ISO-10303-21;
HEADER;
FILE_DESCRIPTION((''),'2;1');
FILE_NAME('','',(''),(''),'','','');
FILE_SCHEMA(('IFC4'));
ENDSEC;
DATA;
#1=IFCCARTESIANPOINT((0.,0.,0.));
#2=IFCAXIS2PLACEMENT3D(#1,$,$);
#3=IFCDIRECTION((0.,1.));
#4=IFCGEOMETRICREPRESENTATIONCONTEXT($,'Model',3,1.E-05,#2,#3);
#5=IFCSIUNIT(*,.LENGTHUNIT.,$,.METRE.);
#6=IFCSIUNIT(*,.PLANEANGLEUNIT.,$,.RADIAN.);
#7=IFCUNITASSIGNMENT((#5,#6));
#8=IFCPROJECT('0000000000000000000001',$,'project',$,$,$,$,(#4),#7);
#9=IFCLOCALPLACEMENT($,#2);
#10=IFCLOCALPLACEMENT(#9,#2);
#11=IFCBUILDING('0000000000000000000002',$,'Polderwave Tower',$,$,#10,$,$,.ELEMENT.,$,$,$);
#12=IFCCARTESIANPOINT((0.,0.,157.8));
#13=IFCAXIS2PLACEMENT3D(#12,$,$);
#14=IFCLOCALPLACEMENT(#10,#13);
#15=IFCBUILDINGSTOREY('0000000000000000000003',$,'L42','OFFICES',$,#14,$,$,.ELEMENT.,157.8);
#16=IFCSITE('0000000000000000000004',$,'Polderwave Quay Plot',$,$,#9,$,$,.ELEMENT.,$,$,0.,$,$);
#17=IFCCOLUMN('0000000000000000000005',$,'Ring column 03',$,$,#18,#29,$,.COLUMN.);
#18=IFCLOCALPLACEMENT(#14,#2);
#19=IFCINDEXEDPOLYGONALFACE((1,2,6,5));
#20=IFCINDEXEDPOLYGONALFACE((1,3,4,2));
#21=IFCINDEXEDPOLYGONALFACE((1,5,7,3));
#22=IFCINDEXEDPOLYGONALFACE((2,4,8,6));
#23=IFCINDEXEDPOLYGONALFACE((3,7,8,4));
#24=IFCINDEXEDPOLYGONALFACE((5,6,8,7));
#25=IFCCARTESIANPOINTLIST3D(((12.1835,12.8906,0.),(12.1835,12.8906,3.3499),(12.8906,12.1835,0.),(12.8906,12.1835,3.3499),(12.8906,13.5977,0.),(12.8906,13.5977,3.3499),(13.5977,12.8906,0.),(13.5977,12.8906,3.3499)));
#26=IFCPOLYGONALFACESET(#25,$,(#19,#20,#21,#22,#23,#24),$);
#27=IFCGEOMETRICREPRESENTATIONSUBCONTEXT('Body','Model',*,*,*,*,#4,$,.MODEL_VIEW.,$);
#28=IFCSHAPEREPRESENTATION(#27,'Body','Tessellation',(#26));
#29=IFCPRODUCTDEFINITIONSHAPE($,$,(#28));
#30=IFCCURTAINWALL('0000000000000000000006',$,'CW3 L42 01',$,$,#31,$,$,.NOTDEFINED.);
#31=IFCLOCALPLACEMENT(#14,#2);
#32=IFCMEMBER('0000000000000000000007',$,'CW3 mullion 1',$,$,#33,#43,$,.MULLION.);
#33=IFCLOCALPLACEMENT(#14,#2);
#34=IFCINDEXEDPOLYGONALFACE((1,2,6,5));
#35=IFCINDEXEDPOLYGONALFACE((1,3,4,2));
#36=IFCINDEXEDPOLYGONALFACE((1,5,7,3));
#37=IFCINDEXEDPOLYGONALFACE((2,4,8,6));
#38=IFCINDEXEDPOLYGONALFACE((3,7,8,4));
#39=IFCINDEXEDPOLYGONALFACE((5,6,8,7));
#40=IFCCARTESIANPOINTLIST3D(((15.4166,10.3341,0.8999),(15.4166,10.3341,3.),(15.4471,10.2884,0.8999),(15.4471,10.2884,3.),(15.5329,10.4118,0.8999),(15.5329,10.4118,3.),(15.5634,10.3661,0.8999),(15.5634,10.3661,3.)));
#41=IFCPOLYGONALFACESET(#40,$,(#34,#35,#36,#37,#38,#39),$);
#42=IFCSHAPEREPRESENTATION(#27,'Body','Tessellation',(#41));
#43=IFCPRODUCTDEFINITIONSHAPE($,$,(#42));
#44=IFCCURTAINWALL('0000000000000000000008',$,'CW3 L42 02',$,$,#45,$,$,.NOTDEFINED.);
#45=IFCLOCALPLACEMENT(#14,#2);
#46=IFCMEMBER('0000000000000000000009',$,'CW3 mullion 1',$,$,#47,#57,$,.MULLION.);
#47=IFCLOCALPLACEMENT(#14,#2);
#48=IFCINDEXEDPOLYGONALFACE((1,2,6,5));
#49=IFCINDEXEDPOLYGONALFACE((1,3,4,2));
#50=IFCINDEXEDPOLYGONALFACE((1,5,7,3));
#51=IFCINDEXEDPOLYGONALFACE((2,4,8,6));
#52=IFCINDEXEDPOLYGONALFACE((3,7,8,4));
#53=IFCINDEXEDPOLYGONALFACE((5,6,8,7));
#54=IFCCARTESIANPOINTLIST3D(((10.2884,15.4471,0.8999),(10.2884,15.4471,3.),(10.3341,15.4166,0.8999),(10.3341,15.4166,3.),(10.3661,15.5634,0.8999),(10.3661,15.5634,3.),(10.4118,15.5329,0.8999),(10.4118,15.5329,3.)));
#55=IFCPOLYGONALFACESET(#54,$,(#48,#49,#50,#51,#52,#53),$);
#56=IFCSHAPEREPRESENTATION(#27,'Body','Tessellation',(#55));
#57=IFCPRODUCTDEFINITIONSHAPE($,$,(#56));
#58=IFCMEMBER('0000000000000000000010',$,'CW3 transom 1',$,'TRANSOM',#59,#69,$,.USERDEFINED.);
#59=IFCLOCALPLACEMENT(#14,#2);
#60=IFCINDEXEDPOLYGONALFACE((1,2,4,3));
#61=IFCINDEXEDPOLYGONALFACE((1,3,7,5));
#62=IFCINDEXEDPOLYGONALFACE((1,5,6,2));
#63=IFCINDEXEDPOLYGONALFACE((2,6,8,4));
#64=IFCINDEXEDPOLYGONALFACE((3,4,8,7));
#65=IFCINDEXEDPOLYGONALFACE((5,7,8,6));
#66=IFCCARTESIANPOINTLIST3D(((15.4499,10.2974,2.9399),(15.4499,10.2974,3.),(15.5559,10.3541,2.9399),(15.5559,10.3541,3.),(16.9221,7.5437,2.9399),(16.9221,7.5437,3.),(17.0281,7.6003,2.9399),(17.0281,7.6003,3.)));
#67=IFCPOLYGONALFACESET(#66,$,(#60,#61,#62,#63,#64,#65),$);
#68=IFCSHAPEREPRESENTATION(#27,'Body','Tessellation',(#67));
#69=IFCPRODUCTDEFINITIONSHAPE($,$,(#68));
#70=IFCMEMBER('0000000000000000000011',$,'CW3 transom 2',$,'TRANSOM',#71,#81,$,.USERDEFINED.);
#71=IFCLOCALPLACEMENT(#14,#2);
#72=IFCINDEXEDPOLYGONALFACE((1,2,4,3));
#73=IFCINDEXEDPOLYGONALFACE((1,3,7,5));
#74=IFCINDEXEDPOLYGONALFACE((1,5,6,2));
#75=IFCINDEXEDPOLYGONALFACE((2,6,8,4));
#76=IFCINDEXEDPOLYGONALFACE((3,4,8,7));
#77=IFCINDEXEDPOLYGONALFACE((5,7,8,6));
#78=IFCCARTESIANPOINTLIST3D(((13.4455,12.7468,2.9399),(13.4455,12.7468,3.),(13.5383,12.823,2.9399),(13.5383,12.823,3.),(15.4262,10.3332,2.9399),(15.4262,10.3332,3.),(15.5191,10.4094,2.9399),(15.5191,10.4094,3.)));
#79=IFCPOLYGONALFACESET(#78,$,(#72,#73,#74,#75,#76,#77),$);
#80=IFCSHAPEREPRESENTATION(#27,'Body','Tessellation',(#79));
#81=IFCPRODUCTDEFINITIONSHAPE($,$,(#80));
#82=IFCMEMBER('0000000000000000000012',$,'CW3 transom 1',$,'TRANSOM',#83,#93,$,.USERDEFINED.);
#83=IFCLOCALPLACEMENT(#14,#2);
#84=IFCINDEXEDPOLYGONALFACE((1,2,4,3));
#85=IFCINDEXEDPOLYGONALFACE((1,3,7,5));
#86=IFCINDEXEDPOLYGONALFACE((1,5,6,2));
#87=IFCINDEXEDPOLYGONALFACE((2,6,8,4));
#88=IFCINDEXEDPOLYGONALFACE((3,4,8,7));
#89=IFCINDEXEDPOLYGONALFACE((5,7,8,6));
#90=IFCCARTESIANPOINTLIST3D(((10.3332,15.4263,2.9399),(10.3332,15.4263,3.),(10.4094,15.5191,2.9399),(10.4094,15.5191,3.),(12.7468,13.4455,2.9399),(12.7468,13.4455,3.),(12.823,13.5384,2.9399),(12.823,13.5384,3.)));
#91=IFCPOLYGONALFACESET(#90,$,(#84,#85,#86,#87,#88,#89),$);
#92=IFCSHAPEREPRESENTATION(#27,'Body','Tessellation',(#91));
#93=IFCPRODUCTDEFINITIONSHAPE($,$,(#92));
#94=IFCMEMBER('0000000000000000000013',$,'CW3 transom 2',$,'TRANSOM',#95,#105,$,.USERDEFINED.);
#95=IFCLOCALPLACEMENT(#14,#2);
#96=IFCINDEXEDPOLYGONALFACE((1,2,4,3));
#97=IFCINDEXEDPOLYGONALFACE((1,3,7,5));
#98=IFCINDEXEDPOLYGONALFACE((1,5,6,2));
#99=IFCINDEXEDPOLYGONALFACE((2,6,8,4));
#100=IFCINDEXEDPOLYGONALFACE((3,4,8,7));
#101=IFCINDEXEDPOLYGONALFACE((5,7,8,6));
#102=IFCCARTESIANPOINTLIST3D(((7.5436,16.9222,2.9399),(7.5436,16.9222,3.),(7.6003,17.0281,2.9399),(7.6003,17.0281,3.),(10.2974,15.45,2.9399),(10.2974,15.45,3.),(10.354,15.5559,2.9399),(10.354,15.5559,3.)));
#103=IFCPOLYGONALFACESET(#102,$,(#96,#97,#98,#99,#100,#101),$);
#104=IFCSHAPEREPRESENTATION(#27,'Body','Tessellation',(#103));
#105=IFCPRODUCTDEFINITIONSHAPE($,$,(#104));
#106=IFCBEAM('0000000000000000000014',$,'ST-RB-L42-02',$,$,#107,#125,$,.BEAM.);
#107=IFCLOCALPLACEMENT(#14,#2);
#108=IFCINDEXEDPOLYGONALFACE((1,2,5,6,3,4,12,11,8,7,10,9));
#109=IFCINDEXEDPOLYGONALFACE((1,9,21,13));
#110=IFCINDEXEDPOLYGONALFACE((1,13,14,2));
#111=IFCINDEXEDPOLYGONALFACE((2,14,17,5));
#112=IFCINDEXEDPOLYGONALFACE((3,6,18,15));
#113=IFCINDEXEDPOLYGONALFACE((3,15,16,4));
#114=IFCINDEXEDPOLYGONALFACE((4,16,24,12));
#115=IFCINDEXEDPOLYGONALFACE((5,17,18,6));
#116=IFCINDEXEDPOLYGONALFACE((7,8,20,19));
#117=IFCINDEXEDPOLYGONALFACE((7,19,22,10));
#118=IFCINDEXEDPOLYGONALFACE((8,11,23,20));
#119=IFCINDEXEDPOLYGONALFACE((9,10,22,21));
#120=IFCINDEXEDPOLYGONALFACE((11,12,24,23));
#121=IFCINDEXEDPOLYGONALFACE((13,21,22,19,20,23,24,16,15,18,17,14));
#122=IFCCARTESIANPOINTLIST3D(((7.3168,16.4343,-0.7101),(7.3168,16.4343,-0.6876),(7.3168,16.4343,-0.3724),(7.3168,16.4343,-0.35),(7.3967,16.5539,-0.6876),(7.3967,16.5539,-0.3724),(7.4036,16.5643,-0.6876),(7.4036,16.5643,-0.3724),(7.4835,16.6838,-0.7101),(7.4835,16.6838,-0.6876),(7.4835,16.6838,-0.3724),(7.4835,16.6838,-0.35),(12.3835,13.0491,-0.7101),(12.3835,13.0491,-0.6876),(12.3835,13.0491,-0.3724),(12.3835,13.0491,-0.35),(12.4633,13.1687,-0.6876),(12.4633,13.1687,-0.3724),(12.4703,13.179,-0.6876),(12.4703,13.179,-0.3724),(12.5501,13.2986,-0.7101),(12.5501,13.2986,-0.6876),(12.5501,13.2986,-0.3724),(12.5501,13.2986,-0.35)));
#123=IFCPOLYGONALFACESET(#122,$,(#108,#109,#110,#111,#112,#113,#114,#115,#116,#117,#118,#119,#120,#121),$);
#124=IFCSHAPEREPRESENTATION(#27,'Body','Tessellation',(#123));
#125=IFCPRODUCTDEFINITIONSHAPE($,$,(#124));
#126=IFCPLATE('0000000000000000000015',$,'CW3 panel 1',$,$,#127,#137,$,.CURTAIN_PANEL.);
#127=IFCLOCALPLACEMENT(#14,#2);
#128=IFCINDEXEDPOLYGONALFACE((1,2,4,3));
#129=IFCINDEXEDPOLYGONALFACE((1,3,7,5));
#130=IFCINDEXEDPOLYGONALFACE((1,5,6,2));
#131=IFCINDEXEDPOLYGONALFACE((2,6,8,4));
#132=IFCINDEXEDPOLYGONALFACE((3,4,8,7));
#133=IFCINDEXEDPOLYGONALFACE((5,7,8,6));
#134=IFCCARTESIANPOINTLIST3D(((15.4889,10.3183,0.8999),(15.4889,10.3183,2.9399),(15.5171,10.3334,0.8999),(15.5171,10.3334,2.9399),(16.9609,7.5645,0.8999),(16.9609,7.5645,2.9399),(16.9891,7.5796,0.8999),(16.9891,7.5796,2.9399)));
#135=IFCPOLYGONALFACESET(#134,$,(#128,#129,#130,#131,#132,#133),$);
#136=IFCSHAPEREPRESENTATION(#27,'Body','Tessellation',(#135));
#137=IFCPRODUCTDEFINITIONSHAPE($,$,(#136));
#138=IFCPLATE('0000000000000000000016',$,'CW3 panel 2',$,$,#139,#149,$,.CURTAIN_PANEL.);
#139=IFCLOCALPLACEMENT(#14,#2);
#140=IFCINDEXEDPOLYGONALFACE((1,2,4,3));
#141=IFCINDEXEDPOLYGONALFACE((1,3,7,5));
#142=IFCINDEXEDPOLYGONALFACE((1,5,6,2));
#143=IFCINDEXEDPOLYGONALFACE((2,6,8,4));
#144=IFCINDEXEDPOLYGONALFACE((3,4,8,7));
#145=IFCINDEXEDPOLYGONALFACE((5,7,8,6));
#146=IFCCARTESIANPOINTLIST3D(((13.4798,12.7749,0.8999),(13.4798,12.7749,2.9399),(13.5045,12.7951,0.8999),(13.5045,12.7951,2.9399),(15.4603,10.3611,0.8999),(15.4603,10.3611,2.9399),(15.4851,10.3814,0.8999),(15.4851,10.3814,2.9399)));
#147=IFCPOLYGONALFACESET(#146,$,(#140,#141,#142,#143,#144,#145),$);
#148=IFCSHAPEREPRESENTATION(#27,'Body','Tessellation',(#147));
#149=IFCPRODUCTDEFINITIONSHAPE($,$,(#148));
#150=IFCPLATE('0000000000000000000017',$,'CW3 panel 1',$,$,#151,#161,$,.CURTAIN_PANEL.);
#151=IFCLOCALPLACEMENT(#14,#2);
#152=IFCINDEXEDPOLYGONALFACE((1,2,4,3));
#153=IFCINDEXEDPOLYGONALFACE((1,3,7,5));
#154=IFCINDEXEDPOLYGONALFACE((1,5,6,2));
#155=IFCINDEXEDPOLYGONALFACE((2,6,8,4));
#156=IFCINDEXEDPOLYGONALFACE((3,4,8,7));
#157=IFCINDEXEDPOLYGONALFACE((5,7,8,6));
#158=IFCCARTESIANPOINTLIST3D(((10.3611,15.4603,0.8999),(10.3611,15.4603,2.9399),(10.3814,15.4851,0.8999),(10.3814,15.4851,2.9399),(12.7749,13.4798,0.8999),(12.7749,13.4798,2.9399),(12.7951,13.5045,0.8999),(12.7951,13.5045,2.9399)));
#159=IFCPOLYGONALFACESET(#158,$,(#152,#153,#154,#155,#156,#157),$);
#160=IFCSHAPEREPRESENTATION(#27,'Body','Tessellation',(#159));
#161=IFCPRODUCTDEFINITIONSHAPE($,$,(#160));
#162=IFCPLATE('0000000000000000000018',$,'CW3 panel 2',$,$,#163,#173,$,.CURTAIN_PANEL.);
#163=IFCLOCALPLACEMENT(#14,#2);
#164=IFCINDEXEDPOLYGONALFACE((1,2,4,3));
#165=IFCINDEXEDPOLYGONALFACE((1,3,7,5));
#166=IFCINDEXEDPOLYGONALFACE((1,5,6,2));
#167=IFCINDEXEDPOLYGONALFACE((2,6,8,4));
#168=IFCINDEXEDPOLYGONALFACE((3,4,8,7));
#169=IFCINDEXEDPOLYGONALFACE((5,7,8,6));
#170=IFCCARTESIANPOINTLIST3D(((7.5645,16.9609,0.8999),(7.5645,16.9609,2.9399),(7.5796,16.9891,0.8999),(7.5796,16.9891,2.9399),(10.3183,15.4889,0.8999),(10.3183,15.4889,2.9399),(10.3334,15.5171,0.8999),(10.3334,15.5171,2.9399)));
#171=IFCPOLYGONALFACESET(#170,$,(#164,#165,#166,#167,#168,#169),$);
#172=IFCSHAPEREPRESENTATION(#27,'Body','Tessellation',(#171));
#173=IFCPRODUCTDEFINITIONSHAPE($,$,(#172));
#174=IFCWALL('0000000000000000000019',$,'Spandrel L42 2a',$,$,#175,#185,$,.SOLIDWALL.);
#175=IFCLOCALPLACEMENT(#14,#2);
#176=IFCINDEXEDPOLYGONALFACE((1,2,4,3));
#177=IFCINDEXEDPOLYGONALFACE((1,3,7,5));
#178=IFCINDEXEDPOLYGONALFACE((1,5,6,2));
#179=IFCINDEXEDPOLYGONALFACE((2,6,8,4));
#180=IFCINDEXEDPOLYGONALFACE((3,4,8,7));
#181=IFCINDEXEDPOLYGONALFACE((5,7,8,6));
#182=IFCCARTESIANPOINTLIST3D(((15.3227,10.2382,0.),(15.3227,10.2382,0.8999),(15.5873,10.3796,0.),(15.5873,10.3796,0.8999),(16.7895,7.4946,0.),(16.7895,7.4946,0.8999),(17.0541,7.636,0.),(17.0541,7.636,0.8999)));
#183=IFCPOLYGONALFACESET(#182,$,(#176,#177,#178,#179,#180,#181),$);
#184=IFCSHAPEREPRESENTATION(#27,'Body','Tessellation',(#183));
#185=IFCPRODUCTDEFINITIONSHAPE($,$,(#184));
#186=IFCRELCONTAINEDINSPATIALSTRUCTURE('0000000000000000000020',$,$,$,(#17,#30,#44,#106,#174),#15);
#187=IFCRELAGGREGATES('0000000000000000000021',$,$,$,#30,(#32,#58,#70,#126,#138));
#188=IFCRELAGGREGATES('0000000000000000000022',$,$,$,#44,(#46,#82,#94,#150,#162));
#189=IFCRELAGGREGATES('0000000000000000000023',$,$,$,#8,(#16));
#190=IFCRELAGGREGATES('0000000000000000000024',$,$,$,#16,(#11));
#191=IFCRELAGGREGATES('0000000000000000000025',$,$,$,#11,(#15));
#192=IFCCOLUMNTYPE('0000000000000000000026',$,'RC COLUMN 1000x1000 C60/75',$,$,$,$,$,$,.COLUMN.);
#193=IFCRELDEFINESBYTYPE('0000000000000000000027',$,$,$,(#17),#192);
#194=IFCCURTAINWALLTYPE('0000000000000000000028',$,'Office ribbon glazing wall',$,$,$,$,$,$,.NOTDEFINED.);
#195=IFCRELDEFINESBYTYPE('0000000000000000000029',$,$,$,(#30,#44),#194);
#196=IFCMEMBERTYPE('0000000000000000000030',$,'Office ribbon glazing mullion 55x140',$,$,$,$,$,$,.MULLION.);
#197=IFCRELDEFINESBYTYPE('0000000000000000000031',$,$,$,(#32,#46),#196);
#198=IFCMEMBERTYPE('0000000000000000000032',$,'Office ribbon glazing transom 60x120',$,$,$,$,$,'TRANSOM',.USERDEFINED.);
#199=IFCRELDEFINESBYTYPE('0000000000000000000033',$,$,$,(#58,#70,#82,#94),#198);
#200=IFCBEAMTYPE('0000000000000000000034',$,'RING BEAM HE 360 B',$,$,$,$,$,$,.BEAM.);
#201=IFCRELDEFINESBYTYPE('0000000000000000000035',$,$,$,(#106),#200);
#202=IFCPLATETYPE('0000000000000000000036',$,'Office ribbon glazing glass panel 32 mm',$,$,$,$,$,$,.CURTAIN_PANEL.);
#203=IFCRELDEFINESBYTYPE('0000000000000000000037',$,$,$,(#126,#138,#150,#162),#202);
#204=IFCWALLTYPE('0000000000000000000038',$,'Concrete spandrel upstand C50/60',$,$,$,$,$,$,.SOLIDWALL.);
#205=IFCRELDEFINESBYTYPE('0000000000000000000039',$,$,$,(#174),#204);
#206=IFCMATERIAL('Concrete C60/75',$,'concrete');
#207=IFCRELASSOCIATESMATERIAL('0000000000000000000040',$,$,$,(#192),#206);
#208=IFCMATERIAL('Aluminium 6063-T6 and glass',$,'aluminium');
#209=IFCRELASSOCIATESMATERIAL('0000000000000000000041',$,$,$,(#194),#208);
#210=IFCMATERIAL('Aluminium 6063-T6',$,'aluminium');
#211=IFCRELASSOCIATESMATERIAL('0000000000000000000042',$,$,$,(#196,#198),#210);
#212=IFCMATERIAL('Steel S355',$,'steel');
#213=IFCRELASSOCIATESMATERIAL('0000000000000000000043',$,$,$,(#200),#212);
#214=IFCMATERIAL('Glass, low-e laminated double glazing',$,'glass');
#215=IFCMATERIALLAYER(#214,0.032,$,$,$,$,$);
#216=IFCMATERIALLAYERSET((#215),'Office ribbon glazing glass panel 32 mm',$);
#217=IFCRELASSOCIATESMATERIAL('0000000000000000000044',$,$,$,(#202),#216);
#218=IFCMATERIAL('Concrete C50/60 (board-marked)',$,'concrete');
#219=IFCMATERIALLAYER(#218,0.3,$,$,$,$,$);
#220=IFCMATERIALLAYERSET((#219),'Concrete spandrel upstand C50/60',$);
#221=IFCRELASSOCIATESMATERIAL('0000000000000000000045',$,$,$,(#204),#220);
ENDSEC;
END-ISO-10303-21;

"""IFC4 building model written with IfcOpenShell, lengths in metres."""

from ifc_helpers import new_model, si_unit, direction, frame, frame_2d, origin, origin_2d, place, context, subcontext, project, spatial, rectangle, i_section, extrude, material, layer, layer_set, material_profile, profile_set, type_object, element, aggregate, save


model = new_model("IFC4")

# Units and contexts
model_context = context("Model", 3, precision=1e-05, world=origin(), true_north=direction((0.0, 1.0)))
body_context = subcontext(model_context, "Body", "Model", "MODEL_VIEW")
ifc_project = project(units=[si_unit("LENGTHUNIT", "METRE"), si_unit("PLANEANGLEUNIT", "RADIAN")], contexts=[model_context])

# Site, building, storey
site_placement = place(None, origin())
site = spatial("IfcSite", under=ifc_project, at=site_placement, Name="Polderwave Quay Plot", CompositionType="ELEMENT", RefElevation=0.0)
building_placement = place(site_placement, origin())
building = spatial("IfcBuilding", under=site, at=building_placement, Name="Polderwave Tower", CompositionType="ELEMENT")
storey_placement = place(building_placement, frame((0.0, 0.0, 157.8)))
storey = spatial("IfcBuildingStorey", under=building, at=storey_placement, Name="L42", Description="OFFICES", CompositionType="ELEMENT", Elevation=157.8)

# Column
ifc_material_1 = material(Name="Concrete C60/75", Category="concrete")
ifc_material_profile_1 = material_profile(ifc_material_1, rectangle(XDim=1.0, YDim=1.0, at=origin_2d()), Name="RC 1000x1000")
ifc_profile_set_1 = profile_set([ifc_material_profile_1], Name="Concrete C60/75")
column_type = type_object("IfcColumnType", Name="RC COLUMN 1000x1000 C60/75", PredefinedType="COLUMN", material=ifc_profile_set_1)
column_placement = place(storey_placement, frame((12.8906, 12.8906, 0.0), z_axis=(0.0, 0.0, 1.0), x_axis=(0.707107, 0.707107, 0.0)))
element("IfcColumn", 1, at=column_placement, inside=storey, type_object=column_type, Name="Ring column 03", PredefinedType="COLUMN", context=body_context, shape_type="SweptSolid", body=[
    extrude(rectangle(XDim=1.0, YDim=1.0, at=origin_2d()), origin(), (0.0, 0.0, 1.0), 3.3499),
])

# Curtain walls, members
ifc_material_2 = material(Name="Aluminium 6063-T6 and glass", Category="aluminium")
curtain_wall_type = type_object("IfcCurtainWallType", Name="Office ribbon glazing wall", PredefinedType="NOTDEFINED", material=ifc_material_2)
curtain_wall_1_placement = place(storey_placement, origin())
curtain_wall_1 = element("IfcCurtainWall", 2, at=curtain_wall_1_placement, inside=storey, type_object=curtain_wall_type, Name="CW3 L42 01", PredefinedType="NOTDEFINED")
ifc_material_3 = material(Name="Aluminium 6063-T6", Category="aluminium")
ifc_material_profile_2 = material_profile(ifc_material_3, rectangle(XDim=0.1399, YDim=0.0549, at=origin_2d()), Name="AL 55x140")
ifc_profile_set_2 = profile_set([ifc_material_profile_2], Name="Aluminium 6063-T6")
member_type_1 = type_object("IfcMemberType", Name="Office ribbon glazing mullion 55x140", PredefinedType="MULLION", material=ifc_profile_set_2)
member_1_placement = place(storey_placement, frame((15.49, 10.3501, 0.8999), z_axis=(0.0, 0.0, 1.0), x_axis=(-0.831484, -0.555548, 0.0)))
member_1 = element("IfcMember", 3, at=member_1_placement, type_object=member_type_1, Name="CW3 mullion 1", PredefinedType="MULLION", context=body_context, shape_type="SweptSolid", body=[
    extrude(rectangle(XDim=0.1399, YDim=0.0549, at=origin_2d()), origin(), (0.0, 0.0, 1.0), 2.1001),
])
curtain_wall_2_placement = place(storey_placement, origin())
curtain_wall_2 = element("IfcCurtainWall", 4, at=curtain_wall_2_placement, inside=storey, type_object=curtain_wall_type, Name="CW3 L42 02", PredefinedType="NOTDEFINED")
member_2_placement = place(storey_placement, frame((10.3501, 15.49, 0.8999), z_axis=(0.0, 0.0, 1.0), x_axis=(-0.555548, -0.831484, 0.0)))
member_2 = element("IfcMember", 5, at=member_2_placement, type_object=member_type_1, Name="CW3 mullion 1", PredefinedType="MULLION", context=body_context, shape_type="SweptSolid", body=[
    extrude(rectangle(XDim=0.1399, YDim=0.0549, at=origin_2d()), origin(), (0.0, 0.0, 1.0), 2.1001),
])

# Members
ifc_material_profile_3 = material_profile(ifc_material_3, rectangle(XDim=0.1201, YDim=0.0601, at=origin_2d()), Name="AL 60x120")
ifc_profile_set_3 = profile_set([ifc_material_profile_3], Name="Aluminium 6063-T6")
member_type_2 = type_object("IfcMemberType", Name="Office ribbon glazing transom 60x120", ElementType="TRANSOM", PredefinedType="USERDEFINED", material=ifc_profile_set_3)
member_3_placement = place(storey_placement, frame((16.9751, 7.572, 2.97), z_axis=(-0.471473, 0.881881, 0.0), x_axis=(-0.881881, -0.471473, 0.0)))
member_3 = element("IfcMember", 6, at=member_3_placement, type_object=member_type_2, Name="CW3 transom 1", ObjectType="TRANSOM", PredefinedType="USERDEFINED", context=body_context, shape_type="SweptSolid", body=[
    extrude(rectangle(XDim=0.1201, YDim=0.0601, at=origin_2d()), origin(), (0.0, 0.0, 1.0), 3.1226),
])
member_4_placement = place(storey_placement, frame((15.4727, 10.3713, 2.97), z_axis=(-0.634383, 0.773019, 0.0), x_axis=(-0.773019, -0.634383, 0.0)))
member_4 = element("IfcMember", 7, at=member_4_placement, type_object=member_type_2, Name="CW3 transom 2", ObjectType="TRANSOM", PredefinedType="USERDEFINED", context=body_context, shape_type="SweptSolid", body=[
    extrude(rectangle(XDim=0.1201, YDim=0.0601, at=origin_2d()), origin(), (0.0, 0.0, 1.0), 3.1223),
])
member_5_placement = place(storey_placement, frame((12.7849, 13.4919, 2.97), z_axis=(-0.773019, 0.634383, 0.0), x_axis=(-0.634383, -0.773019, 0.0)))
member_5 = element("IfcMember", 8, at=member_5_placement, type_object=member_type_2, Name="CW3 transom 1", ObjectType="TRANSOM", PredefinedType="USERDEFINED", context=body_context, shape_type="SweptSolid", body=[
    extrude(rectangle(XDim=0.1201, YDim=0.0601, at=origin_2d()), origin(), (0.0, 0.0, 1.0), 3.1223),
])
member_6_placement = place(storey_placement, frame((10.3257, 15.5029, 2.97), z_axis=(-0.881881, 0.471473, 0.0), x_axis=(-0.471473, -0.881881, 0.0)))
member_6 = element("IfcMember", 9, at=member_6_placement, type_object=member_type_2, Name="CW3 transom 2", ObjectType="TRANSOM", PredefinedType="USERDEFINED", context=body_context, shape_type="SweptSolid", body=[
    extrude(rectangle(XDim=0.1201, YDim=0.0601, at=origin_2d()), origin(), (0.0, 0.0, 1.0), 3.1226),
])

# Beam
ifc_material_4 = material(Name="Steel S355", Category="steel")
ifc_material_profile_4 = material_profile(ifc_material_4, i_section(OverallWidth=0.3, OverallDepth=0.3601, WebThickness=0.0125, FlangeThickness=0.0225, at=origin_2d()), Name="HE 360 B")
ifc_profile_set_4 = profile_set([ifc_material_profile_4], Name="Steel S355")
beam_type = type_object("IfcBeamType", Name="RING BEAM HE 360 B", PredefinedType="BEAM", material=ifc_profile_set_4)
beam_placement = place(storey_placement, frame((12.4668, 13.1738, -0.53), z_axis=(-0.831483, 0.555551, 0.0), x_axis=(-0.555551, -0.831483, 0.0)))
element("IfcBeam", 10, at=beam_placement, inside=storey, type_object=beam_type, Name="ST-RB-L42-02", PredefinedType="BEAM", context=body_context, shape_type="SweptSolid", body=[
    extrude(i_section(OverallWidth=0.3, OverallDepth=0.3601, WebThickness=0.0125, FlangeThickness=0.0225, at=origin_2d()), origin(), (0.0, 0.0, 1.0), 6.0935),
])

# Plates
ifc_material_5 = material(Name="Glass, low-e laminated double glazing", Category="glass")
ifc_layer_1 = layer(ifc_material_5, 0.032)
ifc_layer_set_1 = layer_set([ifc_layer_1], Name="Office ribbon glazing glass panel 32 mm")
plate_type = type_object("IfcPlateType", Name="Office ribbon glazing glass panel 32 mm", PredefinedType="CURTAIN_PANEL", material=ifc_layer_set_1)
plate_1_placement = place(storey_placement, frame((16.239, 8.949, 0.8999), z_axis=(0.0, 0.0, 1.0), x_axis=(-0.471429, 0.881904, 0.0)))
plate_1 = element("IfcPlate", 11, at=plate_1_placement, type_object=plate_type, Name="CW3 panel 1", PredefinedType="CURTAIN_PANEL", context=body_context, shape_type="SweptSolid", body=[
    extrude(rectangle(XDim=3.1226, YDim=0.032, at=origin_2d()), origin(), (0.0, 0.0, 1.0), 2.04),
])
plate_2_placement = place(storey_placement, frame((14.4824, 11.5781, 0.8999), z_axis=(0.0, 0.0, 1.0), x_axis=(-0.634326, 0.773066, 0.0)))
plate_2 = element("IfcPlate", 12, at=plate_2_placement, type_object=plate_type, Name="CW3 panel 2", PredefinedType="CURTAIN_PANEL", context=body_context, shape_type="SweptSolid", body=[
    extrude(rectangle(XDim=3.1223, YDim=0.032, at=origin_2d()), origin(), (0.0, 0.0, 1.0), 2.04),
])
aggregate(curtain_wall_1, [member_1, member_3, member_4, plate_1, plate_2])
plate_3_placement = place(storey_placement, frame((11.5781, 14.4824, 0.8999), z_axis=(0.0, 0.0, 1.0), x_axis=(-0.773066, 0.634326, 0.0)))
plate_3 = element("IfcPlate", 13, at=plate_3_placement, type_object=plate_type, Name="CW3 panel 1", PredefinedType="CURTAIN_PANEL", context=body_context, shape_type="SweptSolid", body=[
    extrude(rectangle(XDim=3.1223, YDim=0.032, at=origin_2d()), origin(), (0.0, 0.0, 1.0), 2.04),
])
plate_4_placement = place(storey_placement, frame((8.949, 16.239, 0.8999), z_axis=(0.0, 0.0, 1.0), x_axis=(-0.881904, 0.471429, 0.0)))
plate_4 = element("IfcPlate", 14, at=plate_4_placement, type_object=plate_type, Name="CW3 panel 2", PredefinedType="CURTAIN_PANEL", context=body_context, shape_type="SweptSolid", body=[
    extrude(rectangle(XDim=3.1226, YDim=0.032, at=origin_2d()), origin(), (0.0, 0.0, 1.0), 2.04),
])
aggregate(curtain_wall_2, [member_2, member_5, member_6, plate_3, plate_4])

# Wall
ifc_material_6 = material(Name="Concrete C50/60 (board-marked)", Category="concrete")
ifc_layer_2 = layer(ifc_material_6, 0.3)
ifc_layer_set_2 = layer_set([ifc_layer_2], Name="Concrete spandrel upstand C50/60")
wall_type_1 = type_object("IfcWallType", Name="Concrete spandrel upstand C50/60", PredefinedType="SOLIDWALL", material=ifc_layer_set_2)
wall_1_placement = place(storey_placement, frame((16.9219, 7.5652, 0.0), z_axis=(0.0, 0.0, 1.0), x_axis=(-0.471468, 0.881883, 0.0)))
element("IfcWall", 15, at=wall_1_placement, inside=storey, type_object=wall_type_1, Name="Spandrel L42 2a", PredefinedType="SOLIDWALL", context=body_context, shape_type="SweptSolid", body=[
    extrude(rectangle(XDim=3.1111, YDim=0.3, at=frame_2d((1.5557, 0.0))), origin(), (0.0, 0.0, 1.0), 0.8999),
])

save(model, "model.ifc")
